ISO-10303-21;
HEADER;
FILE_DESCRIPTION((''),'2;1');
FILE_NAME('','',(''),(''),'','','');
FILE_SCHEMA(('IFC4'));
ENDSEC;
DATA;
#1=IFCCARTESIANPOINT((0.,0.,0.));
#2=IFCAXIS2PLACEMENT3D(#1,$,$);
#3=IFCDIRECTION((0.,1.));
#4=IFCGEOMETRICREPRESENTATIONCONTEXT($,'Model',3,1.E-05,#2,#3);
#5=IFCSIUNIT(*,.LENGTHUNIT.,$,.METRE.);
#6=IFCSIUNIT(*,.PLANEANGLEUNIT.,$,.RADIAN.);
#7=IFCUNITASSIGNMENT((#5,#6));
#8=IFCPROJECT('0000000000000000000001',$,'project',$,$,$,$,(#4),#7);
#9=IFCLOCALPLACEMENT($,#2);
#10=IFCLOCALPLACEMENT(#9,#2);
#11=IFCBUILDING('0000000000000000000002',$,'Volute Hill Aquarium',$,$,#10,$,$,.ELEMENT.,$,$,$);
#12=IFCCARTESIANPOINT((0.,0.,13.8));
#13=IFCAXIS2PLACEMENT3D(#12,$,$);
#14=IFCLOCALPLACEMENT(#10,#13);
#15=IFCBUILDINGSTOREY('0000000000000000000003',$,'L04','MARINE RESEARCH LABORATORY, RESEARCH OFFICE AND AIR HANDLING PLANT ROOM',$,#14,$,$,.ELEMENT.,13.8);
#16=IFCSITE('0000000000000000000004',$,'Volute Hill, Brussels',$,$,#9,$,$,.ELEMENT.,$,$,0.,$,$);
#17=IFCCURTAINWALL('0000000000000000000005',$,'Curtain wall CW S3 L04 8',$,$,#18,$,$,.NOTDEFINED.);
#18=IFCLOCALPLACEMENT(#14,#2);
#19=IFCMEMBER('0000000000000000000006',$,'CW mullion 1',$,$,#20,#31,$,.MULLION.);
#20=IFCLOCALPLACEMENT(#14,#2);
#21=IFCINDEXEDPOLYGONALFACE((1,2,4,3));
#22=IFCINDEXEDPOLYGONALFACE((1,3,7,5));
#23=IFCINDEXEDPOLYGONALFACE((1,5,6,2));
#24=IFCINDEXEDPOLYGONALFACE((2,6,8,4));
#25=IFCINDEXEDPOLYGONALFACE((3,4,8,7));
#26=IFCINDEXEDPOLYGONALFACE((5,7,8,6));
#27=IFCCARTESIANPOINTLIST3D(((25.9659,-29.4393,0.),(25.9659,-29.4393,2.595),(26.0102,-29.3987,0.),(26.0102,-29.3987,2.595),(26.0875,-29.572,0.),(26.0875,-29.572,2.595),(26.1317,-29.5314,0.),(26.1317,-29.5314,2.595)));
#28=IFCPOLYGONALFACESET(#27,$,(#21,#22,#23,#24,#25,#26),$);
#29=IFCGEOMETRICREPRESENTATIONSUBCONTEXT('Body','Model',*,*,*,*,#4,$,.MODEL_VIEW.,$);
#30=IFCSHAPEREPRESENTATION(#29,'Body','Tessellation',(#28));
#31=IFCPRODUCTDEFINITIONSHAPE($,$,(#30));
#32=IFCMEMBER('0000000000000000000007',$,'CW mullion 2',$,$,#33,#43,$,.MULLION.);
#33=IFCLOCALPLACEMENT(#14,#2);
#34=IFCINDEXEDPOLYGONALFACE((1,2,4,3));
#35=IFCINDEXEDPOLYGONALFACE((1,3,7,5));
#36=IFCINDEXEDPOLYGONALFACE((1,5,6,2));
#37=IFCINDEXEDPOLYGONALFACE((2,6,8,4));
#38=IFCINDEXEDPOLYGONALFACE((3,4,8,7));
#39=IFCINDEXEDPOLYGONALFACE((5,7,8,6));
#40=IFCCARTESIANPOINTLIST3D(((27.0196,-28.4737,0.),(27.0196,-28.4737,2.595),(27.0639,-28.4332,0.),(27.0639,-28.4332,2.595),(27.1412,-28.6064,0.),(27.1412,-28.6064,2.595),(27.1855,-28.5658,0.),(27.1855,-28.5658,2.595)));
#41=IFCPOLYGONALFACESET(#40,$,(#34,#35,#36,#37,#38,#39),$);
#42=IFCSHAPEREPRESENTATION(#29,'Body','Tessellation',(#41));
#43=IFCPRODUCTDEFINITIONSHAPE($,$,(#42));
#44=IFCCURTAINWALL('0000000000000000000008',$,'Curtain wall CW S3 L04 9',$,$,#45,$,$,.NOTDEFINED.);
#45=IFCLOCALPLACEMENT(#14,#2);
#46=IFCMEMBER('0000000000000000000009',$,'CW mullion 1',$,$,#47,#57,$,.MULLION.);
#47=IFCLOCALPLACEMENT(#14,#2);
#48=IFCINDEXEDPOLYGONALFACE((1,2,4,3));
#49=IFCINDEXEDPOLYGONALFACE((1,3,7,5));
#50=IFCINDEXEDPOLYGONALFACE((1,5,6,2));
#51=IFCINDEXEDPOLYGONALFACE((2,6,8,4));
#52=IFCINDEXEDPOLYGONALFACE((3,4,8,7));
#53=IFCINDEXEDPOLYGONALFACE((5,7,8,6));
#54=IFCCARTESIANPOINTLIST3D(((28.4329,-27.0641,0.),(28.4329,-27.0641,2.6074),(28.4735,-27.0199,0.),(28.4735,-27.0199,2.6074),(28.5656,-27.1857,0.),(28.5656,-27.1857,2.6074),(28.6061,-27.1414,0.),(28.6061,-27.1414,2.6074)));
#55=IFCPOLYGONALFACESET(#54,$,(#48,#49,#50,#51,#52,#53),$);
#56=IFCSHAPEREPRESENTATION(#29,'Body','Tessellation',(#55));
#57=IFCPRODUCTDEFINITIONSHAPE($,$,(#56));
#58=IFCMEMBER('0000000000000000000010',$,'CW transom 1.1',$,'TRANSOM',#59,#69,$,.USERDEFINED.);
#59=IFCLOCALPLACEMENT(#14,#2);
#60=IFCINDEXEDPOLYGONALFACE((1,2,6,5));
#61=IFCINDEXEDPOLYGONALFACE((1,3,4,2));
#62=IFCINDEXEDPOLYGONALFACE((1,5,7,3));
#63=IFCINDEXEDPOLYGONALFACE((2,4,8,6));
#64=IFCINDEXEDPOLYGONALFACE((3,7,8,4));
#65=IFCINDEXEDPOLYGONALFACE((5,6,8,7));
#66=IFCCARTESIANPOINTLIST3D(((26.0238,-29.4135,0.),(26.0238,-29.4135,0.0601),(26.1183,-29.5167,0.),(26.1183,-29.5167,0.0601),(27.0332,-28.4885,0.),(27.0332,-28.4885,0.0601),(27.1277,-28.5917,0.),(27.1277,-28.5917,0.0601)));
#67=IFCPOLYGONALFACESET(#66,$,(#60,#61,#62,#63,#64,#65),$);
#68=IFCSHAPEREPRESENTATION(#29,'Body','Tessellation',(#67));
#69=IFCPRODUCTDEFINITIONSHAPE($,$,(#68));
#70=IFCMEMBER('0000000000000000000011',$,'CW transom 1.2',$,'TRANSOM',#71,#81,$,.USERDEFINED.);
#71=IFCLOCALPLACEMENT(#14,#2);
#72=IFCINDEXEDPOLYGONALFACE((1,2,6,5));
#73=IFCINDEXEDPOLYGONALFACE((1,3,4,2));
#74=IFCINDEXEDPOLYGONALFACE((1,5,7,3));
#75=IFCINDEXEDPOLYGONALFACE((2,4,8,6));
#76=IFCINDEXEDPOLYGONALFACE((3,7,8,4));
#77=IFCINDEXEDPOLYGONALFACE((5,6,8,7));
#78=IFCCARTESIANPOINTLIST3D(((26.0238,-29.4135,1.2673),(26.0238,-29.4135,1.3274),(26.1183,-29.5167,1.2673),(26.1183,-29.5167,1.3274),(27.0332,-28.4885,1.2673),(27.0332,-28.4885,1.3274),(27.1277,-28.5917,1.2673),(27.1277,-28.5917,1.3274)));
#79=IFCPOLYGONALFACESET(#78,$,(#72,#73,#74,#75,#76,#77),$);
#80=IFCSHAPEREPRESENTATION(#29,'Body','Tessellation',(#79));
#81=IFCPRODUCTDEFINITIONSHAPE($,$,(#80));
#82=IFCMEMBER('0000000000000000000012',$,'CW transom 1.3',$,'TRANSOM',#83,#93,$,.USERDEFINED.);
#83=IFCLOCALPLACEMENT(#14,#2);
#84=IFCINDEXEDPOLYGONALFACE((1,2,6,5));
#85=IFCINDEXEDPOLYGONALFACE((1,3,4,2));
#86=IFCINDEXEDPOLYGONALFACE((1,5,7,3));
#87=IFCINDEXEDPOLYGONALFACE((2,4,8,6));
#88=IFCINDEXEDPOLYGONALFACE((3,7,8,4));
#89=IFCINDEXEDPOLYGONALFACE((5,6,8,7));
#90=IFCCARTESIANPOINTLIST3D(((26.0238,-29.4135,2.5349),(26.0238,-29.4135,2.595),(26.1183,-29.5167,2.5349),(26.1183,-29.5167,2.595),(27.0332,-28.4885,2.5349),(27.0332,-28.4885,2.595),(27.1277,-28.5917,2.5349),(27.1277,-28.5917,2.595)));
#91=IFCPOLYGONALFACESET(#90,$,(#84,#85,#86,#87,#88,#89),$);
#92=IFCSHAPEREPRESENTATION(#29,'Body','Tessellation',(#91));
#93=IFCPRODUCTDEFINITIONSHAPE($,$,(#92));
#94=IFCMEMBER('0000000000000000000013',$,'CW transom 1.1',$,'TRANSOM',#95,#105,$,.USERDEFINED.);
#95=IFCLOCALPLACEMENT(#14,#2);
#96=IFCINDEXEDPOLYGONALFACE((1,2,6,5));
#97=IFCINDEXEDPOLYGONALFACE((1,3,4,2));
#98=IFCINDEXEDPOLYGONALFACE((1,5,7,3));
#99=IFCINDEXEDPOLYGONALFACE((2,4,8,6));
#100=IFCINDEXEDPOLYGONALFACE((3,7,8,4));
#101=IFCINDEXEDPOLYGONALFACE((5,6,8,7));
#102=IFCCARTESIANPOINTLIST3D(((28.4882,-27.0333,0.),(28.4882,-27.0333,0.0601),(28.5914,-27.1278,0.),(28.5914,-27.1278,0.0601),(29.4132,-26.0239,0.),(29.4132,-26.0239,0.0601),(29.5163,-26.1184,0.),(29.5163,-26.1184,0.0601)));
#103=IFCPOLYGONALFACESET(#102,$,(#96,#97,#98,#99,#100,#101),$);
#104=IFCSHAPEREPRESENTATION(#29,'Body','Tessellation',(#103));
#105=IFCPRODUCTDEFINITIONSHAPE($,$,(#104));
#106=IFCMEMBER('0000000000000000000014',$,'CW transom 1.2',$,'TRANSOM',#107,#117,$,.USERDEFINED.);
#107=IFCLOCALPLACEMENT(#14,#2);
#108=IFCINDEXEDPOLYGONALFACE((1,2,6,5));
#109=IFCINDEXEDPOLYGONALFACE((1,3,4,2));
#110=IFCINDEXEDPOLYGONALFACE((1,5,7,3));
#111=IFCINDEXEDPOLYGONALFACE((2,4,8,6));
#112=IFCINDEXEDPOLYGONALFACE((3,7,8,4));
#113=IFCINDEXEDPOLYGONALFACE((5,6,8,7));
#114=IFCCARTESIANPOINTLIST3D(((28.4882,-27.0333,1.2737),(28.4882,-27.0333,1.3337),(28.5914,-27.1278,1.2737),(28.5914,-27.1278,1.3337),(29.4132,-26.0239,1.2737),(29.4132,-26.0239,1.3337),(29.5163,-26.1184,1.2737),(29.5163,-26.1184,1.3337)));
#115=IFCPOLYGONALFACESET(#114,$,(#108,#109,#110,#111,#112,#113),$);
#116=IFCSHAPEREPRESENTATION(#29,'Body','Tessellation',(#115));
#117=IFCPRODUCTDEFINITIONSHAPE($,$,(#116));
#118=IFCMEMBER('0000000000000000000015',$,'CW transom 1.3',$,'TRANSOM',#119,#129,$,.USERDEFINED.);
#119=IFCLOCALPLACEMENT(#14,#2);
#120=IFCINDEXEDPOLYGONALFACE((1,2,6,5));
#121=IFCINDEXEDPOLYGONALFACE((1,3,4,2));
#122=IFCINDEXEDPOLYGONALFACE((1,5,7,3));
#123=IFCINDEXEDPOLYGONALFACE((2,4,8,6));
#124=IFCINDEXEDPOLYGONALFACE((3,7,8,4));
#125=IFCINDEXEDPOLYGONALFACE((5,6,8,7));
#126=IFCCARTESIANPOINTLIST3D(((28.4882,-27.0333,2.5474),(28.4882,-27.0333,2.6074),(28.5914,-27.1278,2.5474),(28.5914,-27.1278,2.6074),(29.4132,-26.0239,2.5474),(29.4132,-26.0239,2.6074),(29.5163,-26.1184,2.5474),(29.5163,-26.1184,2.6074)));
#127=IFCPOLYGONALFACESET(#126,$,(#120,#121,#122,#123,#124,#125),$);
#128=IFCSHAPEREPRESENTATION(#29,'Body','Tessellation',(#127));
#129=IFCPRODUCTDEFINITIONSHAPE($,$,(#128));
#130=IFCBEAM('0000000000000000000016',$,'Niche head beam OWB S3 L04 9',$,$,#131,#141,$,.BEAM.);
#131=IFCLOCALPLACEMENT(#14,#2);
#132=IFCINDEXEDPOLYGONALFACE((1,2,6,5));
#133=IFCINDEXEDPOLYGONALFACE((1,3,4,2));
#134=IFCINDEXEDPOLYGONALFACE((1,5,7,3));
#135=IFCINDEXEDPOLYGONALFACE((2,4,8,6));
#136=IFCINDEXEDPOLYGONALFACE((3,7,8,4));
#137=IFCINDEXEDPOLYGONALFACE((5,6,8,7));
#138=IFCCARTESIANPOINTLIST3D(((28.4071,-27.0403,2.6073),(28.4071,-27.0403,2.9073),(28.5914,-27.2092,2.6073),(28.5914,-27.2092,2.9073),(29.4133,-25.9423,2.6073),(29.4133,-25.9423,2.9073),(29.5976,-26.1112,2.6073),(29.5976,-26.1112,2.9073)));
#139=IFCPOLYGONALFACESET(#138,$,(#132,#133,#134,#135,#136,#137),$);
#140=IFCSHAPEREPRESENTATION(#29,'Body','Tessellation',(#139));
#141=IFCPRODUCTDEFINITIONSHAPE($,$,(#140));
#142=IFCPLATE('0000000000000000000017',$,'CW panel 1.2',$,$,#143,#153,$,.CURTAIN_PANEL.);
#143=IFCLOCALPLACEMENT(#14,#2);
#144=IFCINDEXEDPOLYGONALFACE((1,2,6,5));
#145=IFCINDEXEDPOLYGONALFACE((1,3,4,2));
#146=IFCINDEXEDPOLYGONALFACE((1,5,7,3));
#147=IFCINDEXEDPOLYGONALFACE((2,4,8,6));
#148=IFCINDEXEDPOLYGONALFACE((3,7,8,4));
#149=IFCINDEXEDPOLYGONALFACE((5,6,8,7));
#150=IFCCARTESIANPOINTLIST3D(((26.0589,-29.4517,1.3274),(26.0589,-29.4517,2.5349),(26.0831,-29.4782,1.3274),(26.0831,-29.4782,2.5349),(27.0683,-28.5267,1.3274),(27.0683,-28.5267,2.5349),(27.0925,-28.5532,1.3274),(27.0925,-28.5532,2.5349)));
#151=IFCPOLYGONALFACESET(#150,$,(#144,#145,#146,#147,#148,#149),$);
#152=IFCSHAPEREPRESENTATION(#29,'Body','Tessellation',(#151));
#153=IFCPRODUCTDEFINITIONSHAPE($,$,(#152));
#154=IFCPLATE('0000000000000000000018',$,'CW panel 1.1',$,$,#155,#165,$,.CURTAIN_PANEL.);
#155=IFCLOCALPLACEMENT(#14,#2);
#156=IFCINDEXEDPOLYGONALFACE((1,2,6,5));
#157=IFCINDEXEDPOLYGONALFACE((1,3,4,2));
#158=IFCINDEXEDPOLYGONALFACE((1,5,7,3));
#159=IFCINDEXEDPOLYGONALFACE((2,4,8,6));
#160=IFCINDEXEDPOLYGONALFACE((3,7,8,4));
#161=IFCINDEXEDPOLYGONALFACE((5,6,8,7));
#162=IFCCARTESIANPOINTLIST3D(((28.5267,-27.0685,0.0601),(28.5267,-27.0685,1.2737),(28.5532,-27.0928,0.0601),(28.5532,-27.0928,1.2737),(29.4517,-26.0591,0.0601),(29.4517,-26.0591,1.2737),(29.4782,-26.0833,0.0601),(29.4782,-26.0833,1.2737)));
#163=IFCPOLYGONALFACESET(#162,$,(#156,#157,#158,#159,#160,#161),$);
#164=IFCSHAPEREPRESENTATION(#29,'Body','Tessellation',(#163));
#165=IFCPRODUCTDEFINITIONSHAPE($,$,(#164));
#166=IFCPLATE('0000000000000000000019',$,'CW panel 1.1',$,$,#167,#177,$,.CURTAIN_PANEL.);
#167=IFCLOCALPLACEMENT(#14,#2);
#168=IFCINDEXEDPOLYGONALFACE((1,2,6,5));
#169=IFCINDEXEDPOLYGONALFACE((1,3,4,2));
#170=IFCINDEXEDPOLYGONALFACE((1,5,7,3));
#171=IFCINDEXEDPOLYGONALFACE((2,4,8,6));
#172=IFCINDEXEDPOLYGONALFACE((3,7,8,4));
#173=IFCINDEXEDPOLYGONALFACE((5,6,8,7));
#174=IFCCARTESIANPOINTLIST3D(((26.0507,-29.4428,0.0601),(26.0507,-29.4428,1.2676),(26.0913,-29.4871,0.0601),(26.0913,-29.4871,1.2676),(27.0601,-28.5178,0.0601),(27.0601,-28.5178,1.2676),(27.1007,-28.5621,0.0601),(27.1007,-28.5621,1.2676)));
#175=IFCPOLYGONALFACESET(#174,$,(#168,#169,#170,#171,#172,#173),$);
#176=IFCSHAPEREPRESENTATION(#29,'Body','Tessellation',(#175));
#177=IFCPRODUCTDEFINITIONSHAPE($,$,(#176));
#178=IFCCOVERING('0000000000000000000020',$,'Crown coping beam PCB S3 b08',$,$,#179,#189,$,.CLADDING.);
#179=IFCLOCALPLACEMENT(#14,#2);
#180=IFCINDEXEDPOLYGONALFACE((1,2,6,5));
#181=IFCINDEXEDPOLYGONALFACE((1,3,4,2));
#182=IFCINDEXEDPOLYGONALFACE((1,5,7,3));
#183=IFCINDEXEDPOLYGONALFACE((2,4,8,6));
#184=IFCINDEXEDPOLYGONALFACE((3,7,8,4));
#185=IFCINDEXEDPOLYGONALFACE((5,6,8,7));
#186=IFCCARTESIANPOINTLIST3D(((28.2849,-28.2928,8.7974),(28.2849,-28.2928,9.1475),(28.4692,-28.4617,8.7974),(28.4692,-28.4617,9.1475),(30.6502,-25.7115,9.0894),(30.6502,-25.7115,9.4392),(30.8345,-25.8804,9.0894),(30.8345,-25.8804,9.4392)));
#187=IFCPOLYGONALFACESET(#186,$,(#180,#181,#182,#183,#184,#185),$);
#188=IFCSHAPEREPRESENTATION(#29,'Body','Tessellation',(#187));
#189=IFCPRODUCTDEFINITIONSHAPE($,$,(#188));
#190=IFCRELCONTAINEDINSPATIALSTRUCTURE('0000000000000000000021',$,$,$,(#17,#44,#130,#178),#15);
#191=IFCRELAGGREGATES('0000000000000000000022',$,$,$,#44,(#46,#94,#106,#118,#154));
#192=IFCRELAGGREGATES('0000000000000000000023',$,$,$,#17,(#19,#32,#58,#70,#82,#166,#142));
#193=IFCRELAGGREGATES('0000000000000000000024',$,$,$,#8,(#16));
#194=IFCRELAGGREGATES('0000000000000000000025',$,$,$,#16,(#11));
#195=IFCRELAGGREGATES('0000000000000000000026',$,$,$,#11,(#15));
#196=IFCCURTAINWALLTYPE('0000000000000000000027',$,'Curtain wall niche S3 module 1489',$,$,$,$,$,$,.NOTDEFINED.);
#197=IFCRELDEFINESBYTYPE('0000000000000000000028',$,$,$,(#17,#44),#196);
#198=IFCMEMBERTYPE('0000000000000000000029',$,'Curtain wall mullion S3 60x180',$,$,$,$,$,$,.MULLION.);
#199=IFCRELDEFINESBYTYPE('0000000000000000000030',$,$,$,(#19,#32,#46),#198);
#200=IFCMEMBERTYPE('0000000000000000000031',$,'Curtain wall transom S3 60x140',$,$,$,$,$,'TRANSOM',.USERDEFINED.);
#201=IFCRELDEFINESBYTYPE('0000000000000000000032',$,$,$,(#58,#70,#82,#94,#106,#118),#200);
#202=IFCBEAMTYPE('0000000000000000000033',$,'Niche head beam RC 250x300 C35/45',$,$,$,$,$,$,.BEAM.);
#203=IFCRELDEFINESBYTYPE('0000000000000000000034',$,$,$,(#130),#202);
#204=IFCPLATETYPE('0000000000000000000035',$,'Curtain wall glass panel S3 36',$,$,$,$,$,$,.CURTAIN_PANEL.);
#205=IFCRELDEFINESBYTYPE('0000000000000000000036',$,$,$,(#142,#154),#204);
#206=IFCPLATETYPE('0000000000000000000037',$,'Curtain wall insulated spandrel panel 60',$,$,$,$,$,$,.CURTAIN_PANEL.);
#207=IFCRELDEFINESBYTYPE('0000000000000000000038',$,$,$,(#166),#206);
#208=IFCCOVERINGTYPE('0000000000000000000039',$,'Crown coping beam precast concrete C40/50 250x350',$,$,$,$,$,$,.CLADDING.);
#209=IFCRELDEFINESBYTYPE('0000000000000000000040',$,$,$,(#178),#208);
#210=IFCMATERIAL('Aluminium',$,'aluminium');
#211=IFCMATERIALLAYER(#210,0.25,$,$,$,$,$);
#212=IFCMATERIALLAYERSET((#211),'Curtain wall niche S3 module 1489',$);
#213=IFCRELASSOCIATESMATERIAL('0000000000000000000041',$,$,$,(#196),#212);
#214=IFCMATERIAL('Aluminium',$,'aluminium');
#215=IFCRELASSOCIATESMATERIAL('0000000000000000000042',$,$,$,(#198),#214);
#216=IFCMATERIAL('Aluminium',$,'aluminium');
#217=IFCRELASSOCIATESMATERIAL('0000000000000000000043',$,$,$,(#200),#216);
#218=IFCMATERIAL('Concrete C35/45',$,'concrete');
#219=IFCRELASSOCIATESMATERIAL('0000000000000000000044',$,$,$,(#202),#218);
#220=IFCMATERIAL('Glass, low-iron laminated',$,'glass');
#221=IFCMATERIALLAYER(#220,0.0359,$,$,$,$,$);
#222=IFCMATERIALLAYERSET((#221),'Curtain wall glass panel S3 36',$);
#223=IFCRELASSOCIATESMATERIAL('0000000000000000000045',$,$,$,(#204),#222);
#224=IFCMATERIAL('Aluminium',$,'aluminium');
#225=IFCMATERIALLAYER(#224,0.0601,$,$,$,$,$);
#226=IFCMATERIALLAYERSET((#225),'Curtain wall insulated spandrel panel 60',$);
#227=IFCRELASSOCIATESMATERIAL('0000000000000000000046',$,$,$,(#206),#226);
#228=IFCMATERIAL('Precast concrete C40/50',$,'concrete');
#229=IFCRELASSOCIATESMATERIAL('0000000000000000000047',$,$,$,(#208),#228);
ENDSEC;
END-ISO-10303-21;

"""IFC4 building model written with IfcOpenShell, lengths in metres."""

from ifc_helpers import new_model, si_unit, direction, frame, origin, origin_2d, place, context, subcontext, project, spatial, polyline, rectangle, outline, extrude, material, layer, layer_set, material_profile, profile_set, type_object, element, aggregate, save


model = new_model("IFC4")

# Units and contexts
model_context = context("Model", 3, precision=1e-05, world=origin(), true_north=direction((0.0, 1.0)))
body_context = subcontext(model_context, "Body", "Model", "MODEL_VIEW")
ifc_project = project(units=[si_unit("LENGTHUNIT", "METRE"), si_unit("PLANEANGLEUNIT", "RADIAN")], contexts=[model_context])

# Site, building, storey
site_placement = place(None, origin())
site = spatial("IfcSite", under=ifc_project, at=site_placement, Name="Volute Hill, Brussels", CompositionType="ELEMENT", RefElevation=0.0)
building_placement = place(site_placement, origin())
building = spatial("IfcBuilding", under=site, at=building_placement, Name="Volute Hill Aquarium", CompositionType="ELEMENT")
storey_placement = place(building_placement, frame((0.0, 0.0, 13.8)))
storey = spatial("IfcBuildingStorey", under=building, at=storey_placement, Name="L04", Description="MARINE RESEARCH LABORATORY, RESEARCH OFFICE AND AIR HANDLING PLANT ROOM", CompositionType="ELEMENT", Elevation=13.8)

# Curtain wall, members
ifc_material_1 = material(Name="Aluminium", Category="aluminium")
ifc_layer_1 = layer(ifc_material_1, 0.25)
ifc_layer_set_1 = layer_set([ifc_layer_1], Name="Curtain wall niche S3 module 1489")
curtain_wall_type = type_object("IfcCurtainWallType", Name="Curtain wall niche S3 module 1489", PredefinedType="NOTDEFINED", material=ifc_layer_set_1)
curtain_wall_1_placement = place(storey_placement, origin())
curtain_wall_1 = element("IfcCurtainWall", 1, at=curtain_wall_1_placement, inside=storey, type_object=curtain_wall_type, Name="Curtain wall CW S3 L04 8", PredefinedType="NOTDEFINED")
ifc_material_2 = material(Name="Aluminium", Category="aluminium")
ifc_material_profile_1 = material_profile(ifc_material_2, rectangle(XDim=0.1799, YDim=0.0601, at=origin_2d()), Name="Curtain wall mullion S3 60x180")
ifc_profile_set_1 = profile_set([ifc_material_profile_1], Name="Aluminium")
member_type_1 = type_object("IfcMemberType", Name="Curtain wall mullion S3 60x180", PredefinedType="MULLION", material=ifc_profile_set_1)
member_1_placement = place(storey_placement, frame((26.0488, -29.4854, 0.0), z_axis=(0.0, 0.0, 1.0), x_axis=(-0.675613, 0.737256, 0.0)))
member_1 = element("IfcMember", 2, at=member_1_placement, type_object=member_type_1, Name="CW mullion 1", PredefinedType="MULLION", context=body_context, shape_type="SweptSolid", body=[
    extrude(rectangle(XDim=0.1799, YDim=0.0601, at=origin_2d()), origin(), (0.0, 0.0, 1.0), 2.595),
])
member_2_placement = place(storey_placement, frame((27.1025, -28.5198, 0.0), z_axis=(0.0, 0.0, 1.0), x_axis=(-0.675613, 0.737256, 0.0)))
member_2 = element("IfcMember", 3, at=member_2_placement, type_object=member_type_1, Name="CW mullion 2", PredefinedType="MULLION", context=body_context, shape_type="SweptSolid", body=[
    extrude(rectangle(XDim=0.1799, YDim=0.0601, at=origin_2d()), origin(), (0.0, 0.0, 1.0), 2.595),
])

# Curtain wall, member
curtain_wall_2_placement = place(storey_placement, origin())
curtain_wall_2 = element("IfcCurtainWall", 4, at=curtain_wall_2_placement, inside=storey, type_object=curtain_wall_type, Name="Curtain wall CW S3 L04 9", PredefinedType="NOTDEFINED")
member_3_placement = place(storey_placement, frame((28.5195, -27.1028, 0.0), z_axis=(0.0, 0.0, 1.0), x_axis=(-0.73726, 0.675609, 0.0)))
member_3 = element("IfcMember", 5, at=member_3_placement, type_object=member_type_1, Name="CW mullion 1", PredefinedType="MULLION", context=body_context, shape_type="SweptSolid", body=[
    extrude(rectangle(XDim=0.1799, YDim=0.0601, at=origin_2d()), origin(), (0.0, 0.0, 1.0), 2.6074),
])

# Members
ifc_material_3 = material(Name="Aluminium", Category="aluminium")
ifc_material_profile_2 = material_profile(ifc_material_3, rectangle(XDim=0.1399, YDim=0.0601, at=origin_2d()), Name="Curtain wall transom S3 60x140")
ifc_profile_set_2 = profile_set([ifc_material_profile_2], Name="Aluminium")
member_type_2 = type_object("IfcMemberType", Name="Curtain wall transom S3 60x140", ElementType="TRANSOM", PredefinedType="USERDEFINED", material=ifc_profile_set_2)
member_4_placement = place(storey_placement, frame((26.071, -29.4651, 0.03), z_axis=(0.73728, 0.675587, 0.0), x_axis=(-0.675587, 0.73728, 0.0)))
member_4 = element("IfcMember", 6, at=member_4_placement, type_object=member_type_2, Name="CW transom 1.1", ObjectType="TRANSOM", PredefinedType="USERDEFINED", context=body_context, shape_type="SweptSolid", body=[
    extrude(rectangle(XDim=0.1399, YDim=0.0601, at=origin_2d()), origin(), (0.0, 0.0, 1.0), 1.3691),
])
member_5_placement = place(storey_placement, frame((26.071, -29.4651, 1.2974), z_axis=(0.73728, 0.675587, 0.0), x_axis=(-0.675587, 0.73728, 0.0)))
member_5 = element("IfcMember", 7, at=member_5_placement, type_object=member_type_2, Name="CW transom 1.2", ObjectType="TRANSOM", PredefinedType="USERDEFINED", context=body_context, shape_type="SweptSolid", body=[
    extrude(rectangle(XDim=0.1399, YDim=0.0601, at=origin_2d()), origin(), (0.0, 0.0, 1.0), 1.3691),
])
member_6_placement = place(storey_placement, frame((26.071, -29.4651, 2.5649), z_axis=(0.73728, 0.675587, 0.0), x_axis=(-0.675587, 0.73728, 0.0)))
member_6 = element("IfcMember", 8, at=member_6_placement, type_object=member_type_2, Name="CW transom 1.3", ObjectType="TRANSOM", PredefinedType="USERDEFINED", context=body_context, shape_type="SweptSolid", body=[
    extrude(rectangle(XDim=0.1399, YDim=0.0601, at=origin_2d()), origin(), (0.0, 0.0, 1.0), 1.3691),
])
member_7_placement = place(storey_placement, frame((28.5398, -27.0806, 0.03), z_axis=(0.675587, 0.73728, 0.0), x_axis=(-0.73728, 0.675587, 0.0)))
member_7 = element("IfcMember", 9, at=member_7_placement, type_object=member_type_2, Name="CW transom 1.1", ObjectType="TRANSOM", PredefinedType="USERDEFINED", context=body_context, shape_type="SweptSolid", body=[
    extrude(rectangle(XDim=0.1399, YDim=0.0601, at=origin_2d()), origin(), (0.0, 0.0, 1.0), 1.3691),
])
member_8_placement = place(storey_placement, frame((28.5398, -27.0806, 1.3037), z_axis=(0.675587, 0.73728, 0.0), x_axis=(-0.73728, 0.675587, 0.0)))
member_8 = element("IfcMember", 10, at=member_8_placement, type_object=member_type_2, Name="CW transom 1.2", ObjectType="TRANSOM", PredefinedType="USERDEFINED", context=body_context, shape_type="SweptSolid", body=[
    extrude(rectangle(XDim=0.1399, YDim=0.0601, at=origin_2d()), origin(), (0.0, 0.0, 1.0), 1.3691),
])
member_9_placement = place(storey_placement, frame((28.5398, -27.0806, 2.5774), z_axis=(0.675587, 0.73728, 0.0), x_axis=(-0.73728, 0.675587, 0.0)))
member_9 = element("IfcMember", 11, at=member_9_placement, type_object=member_type_2, Name="CW transom 1.3", ObjectType="TRANSOM", PredefinedType="USERDEFINED", context=body_context, shape_type="SweptSolid", body=[
    extrude(rectangle(XDim=0.1399, YDim=0.0601, at=origin_2d()), origin(), (0.0, 0.0, 1.0), 1.3691),
])

# Beam
ifc_material_4 = material(Name="Concrete C35/45", Category="concrete")
ifc_material_profile_3 = material_profile(ifc_material_4, rectangle(XDim=0.25, YDim=0.3, at=origin_2d()), Name="RC beam 250x300")
ifc_profile_set_3 = profile_set([ifc_material_profile_3], Name="Concrete C35/45")
beam_type = type_object("IfcBeamType", Name="Niche head beam RC 250x300 C35/45", PredefinedType="BEAM", material=ifc_profile_set_3)
beam_placement = place(storey_placement, frame((28.4993, -27.1248, 2.7573), z_axis=(0.675613, 0.737256, 0.0), x_axis=(-0.737256, 0.675613, 0.0)))
element("IfcBeam", 12, at=beam_placement, inside=storey, type_object=beam_type, Name="Niche head beam OWB S3 L04 9", PredefinedType="BEAM", context=body_context, shape_type="SweptSolid", body=[
    extrude(rectangle(XDim=0.25, YDim=0.3, at=origin_2d()), origin(), (0.0, 0.0, 1.0), 1.4893),
])

# Plates
ifc_material_5 = material(Name="Glass, low-iron laminated", Category="glass")
ifc_layer_2 = layer(ifc_material_5, 0.0359)
ifc_layer_set_2 = layer_set([ifc_layer_2], Name="Curtain wall glass panel S3 36")
plate_type_1 = type_object("IfcPlateType", Name="Curtain wall glass panel S3 36", PredefinedType="CURTAIN_PANEL", material=ifc_layer_set_2)
plate_1_placement = place(storey_placement, frame((26.5757, -29.0024, 1.3274), z_axis=(0.0, 0.0, 1.0), x_axis=(0.737256, 0.675613, 0.0)))
plate_1 = element("IfcPlate", 13, at=plate_1_placement, type_object=plate_type_1, Name="CW panel 1.2", PredefinedType="CURTAIN_PANEL", context=body_context, shape_type="SweptSolid", body=[
    extrude(rectangle(XDim=1.3691, YDim=0.0359, at=origin_2d()), origin(), (0.0, 0.0, 1.0), 1.2075),
])
plate_2_placement = place(storey_placement, frame((29.0024, -26.5759, 0.0601), z_axis=(0.0, 0.0, 1.0), x_axis=(0.675609, 0.73726, 0.0)))
plate_2 = element("IfcPlate", 14, at=plate_2_placement, type_object=plate_type_1, Name="CW panel 1.1", PredefinedType="CURTAIN_PANEL", context=body_context, shape_type="SweptSolid", body=[
    extrude(rectangle(XDim=1.3691, YDim=0.0359, at=origin_2d()), origin(), (0.0, 0.0, 1.0), 1.2136),
])
aggregate(curtain_wall_2, [member_3, member_7, member_8, member_9, plate_2])
ifc_material_6 = material(Name="Aluminium", Category="aluminium")
ifc_layer_3 = layer(ifc_material_6, 0.0601)
ifc_layer_set_3 = layer_set([ifc_layer_3], Name="Curtain wall insulated spandrel panel 60")
plate_type_2 = type_object("IfcPlateType", Name="Curtain wall insulated spandrel panel 60", PredefinedType="CURTAIN_PANEL", material=ifc_layer_set_3)
plate_3_placement = place(storey_placement, frame((26.5757, -29.0024, 0.0601), z_axis=(0.0, 0.0, 1.0), x_axis=(0.737256, 0.675613, 0.0)))
plate_3 = element("IfcPlate", 15, at=plate_3_placement, type_object=plate_type_2, Name="CW panel 1.1", PredefinedType="CURTAIN_PANEL", context=body_context, shape_type="SweptSolid", body=[
    extrude(rectangle(XDim=1.3691, YDim=0.0601, at=origin_2d()), origin(), (0.0, 0.0, 1.0), 1.2075),
])
aggregate(curtain_wall_1, [member_1, member_2, member_4, member_5, member_6, plate_3, plate_1])

# Covering
ifc_material_7 = material(Name="Precast concrete C40/50", Category="concrete")
covering_type_1 = type_object("IfcCoveringType", Name="Crown coping beam precast concrete C40/50 250x350", PredefinedType="CLADDING", material=ifc_material_7)
covering_1_placement = place(storey_placement, frame((28.4692, -28.4617, 8.7974), z_axis=(0.73729, -0.675576, 0.0), x_axis=(0.673239, 0.734739, 0.083112)))
element("IfcCovering", 16, at=covering_1_placement, inside=storey, type_object=covering_type_1, Name="Crown coping beam PCB S3 b08", PredefinedType="CLADDING", context=body_context, shape_type="SweptSolid", body=[
    extrude(outline(polyline([(0.0, 0.0), (3.5132, 0.0), (3.5423, 0.3486), (0.0291, 0.3489), (0.0, 0.0)])), origin(), (0.0, 0.0, -1.0), 0.25),
])

save(model, "model.ifc")
